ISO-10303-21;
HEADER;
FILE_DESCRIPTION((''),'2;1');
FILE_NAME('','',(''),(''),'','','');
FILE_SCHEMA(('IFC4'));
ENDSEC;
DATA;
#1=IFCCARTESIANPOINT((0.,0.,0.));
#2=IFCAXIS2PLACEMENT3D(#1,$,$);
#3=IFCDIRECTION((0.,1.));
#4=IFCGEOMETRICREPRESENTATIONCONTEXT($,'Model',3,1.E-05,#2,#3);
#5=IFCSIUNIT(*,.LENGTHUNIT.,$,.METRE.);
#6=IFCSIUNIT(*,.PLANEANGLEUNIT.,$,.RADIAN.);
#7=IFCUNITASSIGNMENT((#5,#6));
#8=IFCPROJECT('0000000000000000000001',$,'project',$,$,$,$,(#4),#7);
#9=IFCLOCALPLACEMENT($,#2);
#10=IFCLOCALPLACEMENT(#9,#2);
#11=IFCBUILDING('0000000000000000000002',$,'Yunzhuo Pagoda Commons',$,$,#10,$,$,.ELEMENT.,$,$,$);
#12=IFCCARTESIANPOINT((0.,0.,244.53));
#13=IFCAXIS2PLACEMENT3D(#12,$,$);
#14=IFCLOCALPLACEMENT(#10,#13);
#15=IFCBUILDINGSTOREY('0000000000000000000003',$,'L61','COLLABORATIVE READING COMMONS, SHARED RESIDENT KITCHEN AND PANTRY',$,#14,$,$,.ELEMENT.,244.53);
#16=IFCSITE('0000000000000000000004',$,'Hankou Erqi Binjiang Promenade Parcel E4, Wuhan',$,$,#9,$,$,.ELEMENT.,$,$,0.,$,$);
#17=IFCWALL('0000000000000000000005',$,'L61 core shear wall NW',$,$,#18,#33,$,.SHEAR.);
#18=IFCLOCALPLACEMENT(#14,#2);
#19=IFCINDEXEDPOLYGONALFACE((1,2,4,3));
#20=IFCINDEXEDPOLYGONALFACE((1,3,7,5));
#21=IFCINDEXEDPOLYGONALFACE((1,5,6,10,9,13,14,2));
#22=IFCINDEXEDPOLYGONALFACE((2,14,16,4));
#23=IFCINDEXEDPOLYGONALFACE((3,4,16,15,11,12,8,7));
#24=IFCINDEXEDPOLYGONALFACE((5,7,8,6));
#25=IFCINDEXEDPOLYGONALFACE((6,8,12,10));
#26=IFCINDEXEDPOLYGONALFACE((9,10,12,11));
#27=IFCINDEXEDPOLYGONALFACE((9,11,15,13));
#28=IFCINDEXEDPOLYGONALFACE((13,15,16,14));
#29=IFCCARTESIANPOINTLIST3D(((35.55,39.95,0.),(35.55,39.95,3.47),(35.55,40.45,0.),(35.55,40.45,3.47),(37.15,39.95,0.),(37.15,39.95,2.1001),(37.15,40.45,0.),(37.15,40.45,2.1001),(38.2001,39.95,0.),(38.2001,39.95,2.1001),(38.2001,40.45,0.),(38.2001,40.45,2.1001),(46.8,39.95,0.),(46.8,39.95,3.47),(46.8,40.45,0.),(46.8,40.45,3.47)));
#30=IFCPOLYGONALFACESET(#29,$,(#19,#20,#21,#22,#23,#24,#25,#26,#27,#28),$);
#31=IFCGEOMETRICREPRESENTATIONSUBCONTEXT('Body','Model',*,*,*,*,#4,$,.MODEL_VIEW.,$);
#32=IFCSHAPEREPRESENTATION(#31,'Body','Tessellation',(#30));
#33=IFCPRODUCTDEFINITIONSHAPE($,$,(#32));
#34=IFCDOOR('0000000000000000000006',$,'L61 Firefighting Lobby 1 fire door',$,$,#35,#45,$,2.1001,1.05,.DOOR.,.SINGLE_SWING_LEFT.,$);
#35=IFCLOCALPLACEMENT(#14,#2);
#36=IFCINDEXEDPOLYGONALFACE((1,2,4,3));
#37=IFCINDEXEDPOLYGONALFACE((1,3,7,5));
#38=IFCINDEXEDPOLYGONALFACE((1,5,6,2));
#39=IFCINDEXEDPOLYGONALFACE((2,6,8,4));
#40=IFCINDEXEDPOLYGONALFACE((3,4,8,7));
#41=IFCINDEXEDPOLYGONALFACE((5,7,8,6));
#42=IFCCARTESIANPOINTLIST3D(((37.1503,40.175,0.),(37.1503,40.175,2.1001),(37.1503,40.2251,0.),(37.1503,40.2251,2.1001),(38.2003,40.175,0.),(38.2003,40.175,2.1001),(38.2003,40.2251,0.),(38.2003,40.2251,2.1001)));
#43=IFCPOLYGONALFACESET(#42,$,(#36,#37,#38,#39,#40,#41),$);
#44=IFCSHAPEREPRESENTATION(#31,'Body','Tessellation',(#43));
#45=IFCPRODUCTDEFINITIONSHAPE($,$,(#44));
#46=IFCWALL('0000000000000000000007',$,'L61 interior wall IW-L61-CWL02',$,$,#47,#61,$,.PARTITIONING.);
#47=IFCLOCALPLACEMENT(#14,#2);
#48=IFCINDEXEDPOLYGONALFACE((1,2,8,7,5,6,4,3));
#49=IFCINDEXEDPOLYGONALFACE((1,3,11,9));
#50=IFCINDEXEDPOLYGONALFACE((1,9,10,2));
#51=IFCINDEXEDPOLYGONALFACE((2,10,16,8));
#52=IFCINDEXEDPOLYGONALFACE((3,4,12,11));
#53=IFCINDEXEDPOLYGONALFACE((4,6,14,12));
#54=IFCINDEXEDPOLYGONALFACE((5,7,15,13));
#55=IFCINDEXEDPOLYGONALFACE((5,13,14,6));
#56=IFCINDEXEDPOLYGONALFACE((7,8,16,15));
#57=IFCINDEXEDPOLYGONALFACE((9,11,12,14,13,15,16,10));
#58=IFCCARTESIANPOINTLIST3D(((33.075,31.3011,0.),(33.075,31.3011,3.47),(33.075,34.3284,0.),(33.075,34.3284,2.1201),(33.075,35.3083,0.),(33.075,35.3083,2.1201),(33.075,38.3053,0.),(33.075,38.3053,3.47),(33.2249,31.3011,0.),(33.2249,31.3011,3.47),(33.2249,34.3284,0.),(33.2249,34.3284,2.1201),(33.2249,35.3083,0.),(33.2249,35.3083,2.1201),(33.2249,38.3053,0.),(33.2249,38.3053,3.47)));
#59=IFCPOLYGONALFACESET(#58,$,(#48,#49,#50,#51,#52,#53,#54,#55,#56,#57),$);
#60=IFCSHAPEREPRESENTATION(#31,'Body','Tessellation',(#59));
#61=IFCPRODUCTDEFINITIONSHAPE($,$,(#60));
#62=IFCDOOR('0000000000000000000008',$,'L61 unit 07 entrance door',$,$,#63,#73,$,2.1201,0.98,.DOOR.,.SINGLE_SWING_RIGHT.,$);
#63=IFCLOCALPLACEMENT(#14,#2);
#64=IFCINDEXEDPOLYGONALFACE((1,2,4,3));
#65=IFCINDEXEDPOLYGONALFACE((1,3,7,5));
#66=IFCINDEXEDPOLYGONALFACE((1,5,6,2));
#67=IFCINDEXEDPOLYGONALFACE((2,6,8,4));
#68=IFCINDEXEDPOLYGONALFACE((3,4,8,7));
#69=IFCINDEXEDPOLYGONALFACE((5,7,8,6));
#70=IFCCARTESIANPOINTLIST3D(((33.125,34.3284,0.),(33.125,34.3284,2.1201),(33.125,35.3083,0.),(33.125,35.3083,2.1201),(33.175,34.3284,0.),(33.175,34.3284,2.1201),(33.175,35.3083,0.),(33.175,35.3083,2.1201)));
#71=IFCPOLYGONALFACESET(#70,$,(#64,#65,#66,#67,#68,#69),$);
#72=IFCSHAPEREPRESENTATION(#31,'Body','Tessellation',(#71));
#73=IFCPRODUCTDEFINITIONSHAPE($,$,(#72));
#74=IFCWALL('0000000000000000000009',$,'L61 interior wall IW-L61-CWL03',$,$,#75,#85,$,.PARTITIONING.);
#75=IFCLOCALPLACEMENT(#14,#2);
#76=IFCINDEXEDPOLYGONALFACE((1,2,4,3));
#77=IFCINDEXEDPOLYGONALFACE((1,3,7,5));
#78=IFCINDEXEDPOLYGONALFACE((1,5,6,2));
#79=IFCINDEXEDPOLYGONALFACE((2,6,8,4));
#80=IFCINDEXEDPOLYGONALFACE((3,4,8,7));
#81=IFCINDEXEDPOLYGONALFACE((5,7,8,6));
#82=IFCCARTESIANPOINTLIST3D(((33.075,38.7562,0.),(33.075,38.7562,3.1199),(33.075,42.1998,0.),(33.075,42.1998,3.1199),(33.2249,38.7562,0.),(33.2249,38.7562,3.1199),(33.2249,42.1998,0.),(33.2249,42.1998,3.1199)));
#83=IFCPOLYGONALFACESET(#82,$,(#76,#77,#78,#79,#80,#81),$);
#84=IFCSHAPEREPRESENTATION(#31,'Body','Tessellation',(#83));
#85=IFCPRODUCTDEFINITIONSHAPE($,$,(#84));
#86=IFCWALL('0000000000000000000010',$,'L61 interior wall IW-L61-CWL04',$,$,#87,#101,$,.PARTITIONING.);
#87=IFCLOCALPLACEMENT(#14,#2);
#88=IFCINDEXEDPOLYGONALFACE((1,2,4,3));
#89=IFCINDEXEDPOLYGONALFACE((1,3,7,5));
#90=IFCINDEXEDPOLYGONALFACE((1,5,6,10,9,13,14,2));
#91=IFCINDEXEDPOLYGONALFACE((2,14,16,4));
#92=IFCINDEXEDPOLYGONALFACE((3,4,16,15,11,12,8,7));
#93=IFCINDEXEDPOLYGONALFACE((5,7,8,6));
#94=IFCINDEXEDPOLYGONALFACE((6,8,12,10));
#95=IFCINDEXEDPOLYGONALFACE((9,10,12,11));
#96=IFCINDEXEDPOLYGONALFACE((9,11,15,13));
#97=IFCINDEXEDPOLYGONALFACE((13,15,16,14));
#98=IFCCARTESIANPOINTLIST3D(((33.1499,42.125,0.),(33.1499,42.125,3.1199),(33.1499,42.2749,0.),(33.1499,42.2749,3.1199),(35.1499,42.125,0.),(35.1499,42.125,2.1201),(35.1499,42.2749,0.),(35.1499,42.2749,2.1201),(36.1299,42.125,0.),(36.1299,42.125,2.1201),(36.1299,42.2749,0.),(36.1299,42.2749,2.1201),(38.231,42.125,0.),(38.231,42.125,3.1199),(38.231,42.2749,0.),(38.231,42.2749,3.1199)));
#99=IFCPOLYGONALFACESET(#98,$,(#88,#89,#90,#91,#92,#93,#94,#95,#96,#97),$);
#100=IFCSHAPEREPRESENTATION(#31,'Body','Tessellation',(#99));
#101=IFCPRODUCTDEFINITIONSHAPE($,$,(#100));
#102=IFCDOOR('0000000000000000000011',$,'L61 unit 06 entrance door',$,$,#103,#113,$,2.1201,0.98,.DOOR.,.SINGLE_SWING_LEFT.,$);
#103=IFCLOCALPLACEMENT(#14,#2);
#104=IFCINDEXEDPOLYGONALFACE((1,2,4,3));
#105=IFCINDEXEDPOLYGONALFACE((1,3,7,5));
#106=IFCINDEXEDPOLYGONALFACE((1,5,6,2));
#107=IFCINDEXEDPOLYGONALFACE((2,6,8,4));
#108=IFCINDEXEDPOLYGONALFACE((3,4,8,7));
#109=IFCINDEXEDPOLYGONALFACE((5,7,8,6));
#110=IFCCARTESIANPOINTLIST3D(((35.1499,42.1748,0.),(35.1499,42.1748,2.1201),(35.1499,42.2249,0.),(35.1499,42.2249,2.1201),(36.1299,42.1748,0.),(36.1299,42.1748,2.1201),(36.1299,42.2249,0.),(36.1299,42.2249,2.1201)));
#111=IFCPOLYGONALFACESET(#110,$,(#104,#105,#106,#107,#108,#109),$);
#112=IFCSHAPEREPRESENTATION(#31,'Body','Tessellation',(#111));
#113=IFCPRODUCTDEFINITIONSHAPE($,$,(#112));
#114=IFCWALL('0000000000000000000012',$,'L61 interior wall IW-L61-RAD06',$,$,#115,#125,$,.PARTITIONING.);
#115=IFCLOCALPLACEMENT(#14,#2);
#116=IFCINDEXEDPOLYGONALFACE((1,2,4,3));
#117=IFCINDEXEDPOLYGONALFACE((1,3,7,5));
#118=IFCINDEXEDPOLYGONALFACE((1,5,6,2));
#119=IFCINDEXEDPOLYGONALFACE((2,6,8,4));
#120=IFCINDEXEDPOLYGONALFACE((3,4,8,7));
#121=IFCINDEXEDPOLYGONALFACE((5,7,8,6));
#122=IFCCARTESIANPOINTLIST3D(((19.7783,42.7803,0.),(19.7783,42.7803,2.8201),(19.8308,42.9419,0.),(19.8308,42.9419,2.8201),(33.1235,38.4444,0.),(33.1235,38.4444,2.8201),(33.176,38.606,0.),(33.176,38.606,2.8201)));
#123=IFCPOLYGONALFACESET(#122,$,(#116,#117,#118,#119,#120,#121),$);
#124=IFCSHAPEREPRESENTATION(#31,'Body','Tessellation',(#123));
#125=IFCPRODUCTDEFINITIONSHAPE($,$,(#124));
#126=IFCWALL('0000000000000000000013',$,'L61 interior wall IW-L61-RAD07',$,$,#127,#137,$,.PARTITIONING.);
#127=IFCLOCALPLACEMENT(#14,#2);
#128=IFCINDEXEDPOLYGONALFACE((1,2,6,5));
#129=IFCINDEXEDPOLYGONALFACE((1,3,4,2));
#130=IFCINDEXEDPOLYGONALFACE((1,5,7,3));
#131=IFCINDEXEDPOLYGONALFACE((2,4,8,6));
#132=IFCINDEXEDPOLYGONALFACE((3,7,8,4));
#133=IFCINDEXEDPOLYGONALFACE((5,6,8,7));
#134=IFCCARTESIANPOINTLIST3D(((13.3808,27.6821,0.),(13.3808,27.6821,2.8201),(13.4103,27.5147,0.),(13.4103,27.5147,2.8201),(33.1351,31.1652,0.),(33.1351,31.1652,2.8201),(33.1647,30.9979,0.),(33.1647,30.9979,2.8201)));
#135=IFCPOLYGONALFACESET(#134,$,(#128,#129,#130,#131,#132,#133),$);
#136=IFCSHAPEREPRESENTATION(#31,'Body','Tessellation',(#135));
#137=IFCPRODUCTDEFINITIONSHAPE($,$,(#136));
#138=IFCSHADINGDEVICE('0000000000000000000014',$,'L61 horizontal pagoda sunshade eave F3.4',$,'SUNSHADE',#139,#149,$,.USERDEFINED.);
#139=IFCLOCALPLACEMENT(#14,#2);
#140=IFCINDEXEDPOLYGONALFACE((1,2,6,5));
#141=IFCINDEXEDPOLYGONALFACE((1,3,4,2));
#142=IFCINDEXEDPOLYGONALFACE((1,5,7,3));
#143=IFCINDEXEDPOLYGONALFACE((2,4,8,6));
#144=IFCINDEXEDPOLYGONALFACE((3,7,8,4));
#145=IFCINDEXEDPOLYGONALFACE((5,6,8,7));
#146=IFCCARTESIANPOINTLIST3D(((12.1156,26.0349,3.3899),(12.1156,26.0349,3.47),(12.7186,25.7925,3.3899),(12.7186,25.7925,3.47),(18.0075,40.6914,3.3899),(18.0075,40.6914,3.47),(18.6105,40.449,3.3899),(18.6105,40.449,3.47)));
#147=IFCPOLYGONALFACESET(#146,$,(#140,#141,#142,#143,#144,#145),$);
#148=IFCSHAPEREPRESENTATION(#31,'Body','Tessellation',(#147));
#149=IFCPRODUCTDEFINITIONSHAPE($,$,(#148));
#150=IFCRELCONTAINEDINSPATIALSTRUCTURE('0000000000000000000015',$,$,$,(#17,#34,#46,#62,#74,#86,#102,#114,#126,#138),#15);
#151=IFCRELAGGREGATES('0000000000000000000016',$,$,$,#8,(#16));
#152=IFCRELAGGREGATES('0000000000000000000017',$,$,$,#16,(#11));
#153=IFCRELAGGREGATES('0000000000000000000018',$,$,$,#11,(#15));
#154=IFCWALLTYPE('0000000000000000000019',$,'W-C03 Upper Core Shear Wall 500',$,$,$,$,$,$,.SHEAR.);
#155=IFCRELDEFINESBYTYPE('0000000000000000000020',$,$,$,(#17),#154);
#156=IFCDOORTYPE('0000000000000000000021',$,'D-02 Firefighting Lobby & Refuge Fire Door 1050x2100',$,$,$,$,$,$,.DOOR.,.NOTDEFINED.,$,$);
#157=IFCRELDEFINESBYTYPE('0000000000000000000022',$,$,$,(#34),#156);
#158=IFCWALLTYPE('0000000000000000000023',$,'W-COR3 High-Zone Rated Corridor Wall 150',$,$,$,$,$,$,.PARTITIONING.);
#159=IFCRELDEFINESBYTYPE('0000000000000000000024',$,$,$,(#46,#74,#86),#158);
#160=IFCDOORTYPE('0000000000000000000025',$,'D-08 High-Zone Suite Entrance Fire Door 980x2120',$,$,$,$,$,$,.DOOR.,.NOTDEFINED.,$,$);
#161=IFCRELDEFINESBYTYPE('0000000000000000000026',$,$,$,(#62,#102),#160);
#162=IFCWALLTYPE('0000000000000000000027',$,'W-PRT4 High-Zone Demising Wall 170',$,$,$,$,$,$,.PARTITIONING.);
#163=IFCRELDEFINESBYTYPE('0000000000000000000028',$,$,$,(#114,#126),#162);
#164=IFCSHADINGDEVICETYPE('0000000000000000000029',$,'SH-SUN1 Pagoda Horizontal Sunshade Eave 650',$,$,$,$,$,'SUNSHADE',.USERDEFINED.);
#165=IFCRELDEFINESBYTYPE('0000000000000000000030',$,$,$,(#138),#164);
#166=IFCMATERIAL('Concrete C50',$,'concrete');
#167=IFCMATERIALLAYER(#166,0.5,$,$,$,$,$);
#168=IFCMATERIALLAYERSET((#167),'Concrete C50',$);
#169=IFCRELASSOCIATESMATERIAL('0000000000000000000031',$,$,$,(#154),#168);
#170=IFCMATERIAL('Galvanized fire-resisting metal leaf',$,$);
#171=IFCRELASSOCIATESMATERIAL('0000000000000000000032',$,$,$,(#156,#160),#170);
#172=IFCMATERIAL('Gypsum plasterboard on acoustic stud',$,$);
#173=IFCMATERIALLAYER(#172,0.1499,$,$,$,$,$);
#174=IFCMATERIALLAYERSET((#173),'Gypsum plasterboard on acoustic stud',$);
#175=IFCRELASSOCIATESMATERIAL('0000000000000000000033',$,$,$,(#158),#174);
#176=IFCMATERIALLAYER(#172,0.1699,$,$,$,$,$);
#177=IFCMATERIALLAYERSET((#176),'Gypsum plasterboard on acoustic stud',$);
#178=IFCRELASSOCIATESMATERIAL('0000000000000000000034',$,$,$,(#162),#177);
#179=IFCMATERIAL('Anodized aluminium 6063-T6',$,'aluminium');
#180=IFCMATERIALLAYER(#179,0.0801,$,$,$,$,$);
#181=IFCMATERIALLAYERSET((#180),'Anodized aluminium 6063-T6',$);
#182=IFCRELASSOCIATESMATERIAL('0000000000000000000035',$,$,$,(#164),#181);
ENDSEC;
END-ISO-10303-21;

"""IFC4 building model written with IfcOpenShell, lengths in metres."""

from ifc_helpers import new_model, si_unit, direction, frame, frame_2d, origin, origin_with_axes, origin_2d, place, context, subcontext, project, spatial, rectangle, extrude, source, transform, mapped, material, layer, layer_set, type_object, element, fill, save


model = new_model("IFC4")

# Units and contexts
model_context = context("Model", 3, precision=1e-05, world=origin(), true_north=direction((0.0, 1.0)))
body_context = subcontext(model_context, "Body", "Model", "MODEL_VIEW")
ifc_project = project(units=[si_unit("LENGTHUNIT", "METRE"), si_unit("PLANEANGLEUNIT", "RADIAN")], contexts=[model_context])

# Site, building, storey
site_placement = place(None, origin())
site = spatial("IfcSite", under=ifc_project, at=site_placement, Name="Hankou Erqi Binjiang Promenade Parcel E4, Wuhan", CompositionType="ELEMENT", RefElevation=0.0)
building_placement = place(site_placement, origin())
building = spatial("IfcBuilding", under=site, at=building_placement, Name="Yunzhuo Pagoda Commons", CompositionType="ELEMENT")
storey_placement = place(building_placement, frame((0.0, 0.0, 244.53)))
storey = spatial("IfcBuildingStorey", under=building, at=storey_placement, Name="L61", Description="COLLABORATIVE READING COMMONS, SHARED RESIDENT KITCHEN AND PANTRY", CompositionType="ELEMENT", Elevation=244.53)

# Shared definitions
ifc_material_1 = material(Name="Anodized aluminium 6063-T6", Category="aluminium")

# Walls, openings, doors
ifc_material_2 = material(Name="Concrete C50", Category="concrete")
ifc_layer_1 = layer(ifc_material_2, 0.5)
ifc_layer_set_1 = layer_set([ifc_layer_1], Name="Concrete C50")
wall_type_1 = type_object("IfcWallType", Name="W-C03 Upper Core Shear Wall 500", PredefinedType="SHEAR", material=ifc_layer_set_1)
wall_1_placement = place(storey_placement, frame((35.55, 40.2, 0.0), z_axis=(0.0, 0.0, 1.0), x_axis=(1.0, 0.0, 0.0)))
wall_1 = element("IfcWall", 1, at=wall_1_placement, inside=storey, type_object=wall_type_1, Name="L61 core shear wall NW", PredefinedType="SHEAR", context=body_context, shape_type="SweptSolid", body=[
    extrude(rectangle(XDim=11.25, YDim=0.5, at=frame_2d((5.625, 0.0))), origin(), (0.0, 0.0, 1.0), 3.47),
])
opening_1_placement = place(wall_1_placement, frame((1.6001, 0.0, 0.0)))
opening_1 = element("IfcOpeningElement", 2, at=opening_1_placement, cuts=wall_1, PredefinedType="OPENING", context=body_context, shape_type="SweptSolid", body=[
    extrude(rectangle(XDim=1.05, YDim=2.1001, at=frame_2d((0.5249, 1.05))), frame((0.0, 0.26, 0.0), z_axis=(0.0, -1.0, 0.0), x_axis=(1.0, 0.0, 0.0)), (0.0, 0.0, 1.0), 0.52),
])
ifc_material_3 = material(Name="Galvanized fire-resisting metal leaf")
door_type_1 = type_object("IfcDoorType", Name="D-02 Firefighting Lobby & Refuge Fire Door 1050x2100", OperationType="NOTDEFINED", PredefinedType="DOOR", material=ifc_material_3)
shared_shape_1 = source(origin(), body_context, "Body", "SweptSolid", [
    extrude(rectangle(XDim=1.05, YDim=2.1001, at=frame_2d((0.5249, 1.05))), frame((0.0, 0.0249, 0.0), z_axis=(0.0, -1.0, 0.0), x_axis=(1.0, 0.0, 0.0)), (0.0, 0.0, 1.0), 0.05),
])
door_1_placement = place(opening_1_placement, frame((1.05, 0.0, 0.0), z_axis=(0.0, 0.0, 1.0), x_axis=(-1.0, 0.0, 0.0)))
door_1 = element("IfcDoor", 3, at=door_1_placement, inside=storey, type_object=door_type_1, Name="L61 Firefighting Lobby 1 fire door", OperationType="SINGLE_SWING_LEFT", OverallHeight=2.1001, OverallWidth=1.05, PredefinedType="DOOR", context=body_context, shape_type="MappedRepresentation", body=[
    mapped(shared_shape_1, transform((0.0, 0.0, 0.0), scale=1.0)),
])
fill(opening_1, door_1)
ifc_material_4 = material(Name="Gypsum plasterboard on acoustic stud")
ifc_layer_2 = layer(ifc_material_4, 0.1499)
ifc_layer_set_2 = layer_set([ifc_layer_2], Name="Gypsum plasterboard on acoustic stud")
wall_type_2 = type_object("IfcWallType", Name="W-COR3 High-Zone Rated Corridor Wall 150", PredefinedType="PARTITIONING", material=ifc_layer_set_2)
wall_2_placement = place(storey_placement, frame((33.1499, 31.3013, 0.0), z_axis=(0.0, 0.0, 1.0), x_axis=(0.0, 1.0, 0.0)))
wall_2 = element("IfcWall", 4, at=wall_2_placement, inside=storey, type_object=wall_type_2, Name="L61 interior wall IW-L61-CWL02", PredefinedType="PARTITIONING", context=body_context, shape_type="SweptSolid", body=[
    extrude(rectangle(XDim=7.0042, YDim=0.1499, at=frame_2d((3.502, 0.0))), origin(), (0.0, 0.0, 1.0), 3.47),
])
opening_2_placement = place(wall_2_placement, frame((3.0271, 0.0, 0.0)))
opening_2 = element("IfcOpeningElement", 5, at=opening_2_placement, cuts=wall_2, PredefinedType="OPENING", context=body_context, shape_type="SweptSolid", body=[
    extrude(rectangle(XDim=0.98, YDim=2.1201, at=frame_2d((0.49, 1.0601))), frame((0.0, 0.085, 0.0), z_axis=(0.0, -1.0, 0.0), x_axis=(1.0, 0.0, 0.0)), (0.0, 0.0, 1.0), 0.1699),
])
door_type_2 = type_object("IfcDoorType", Name="D-08 High-Zone Suite Entrance Fire Door 980x2120", OperationType="NOTDEFINED", PredefinedType="DOOR", material=ifc_material_3)
shared_shape_2 = source(origin(), body_context, "Body", "SweptSolid", [
    extrude(rectangle(XDim=0.98, YDim=2.1201, at=frame_2d((0.49, 1.0601))), frame((0.0, 0.0249, 0.0), z_axis=(0.0, -1.0, 0.0), x_axis=(1.0, 0.0, 0.0)), (0.0, 0.0, 1.0), 0.05),
])
door_2_placement = place(opening_2_placement, origin_with_axes())
door_2 = element("IfcDoor", 6, at=door_2_placement, inside=storey, type_object=door_type_2, Name="L61 unit 07 entrance door", OperationType="SINGLE_SWING_RIGHT", OverallHeight=2.1201, OverallWidth=0.98, PredefinedType="DOOR", context=body_context, shape_type="MappedRepresentation", body=[
    mapped(shared_shape_2, transform((0.0, 0.0, 0.0), scale=1.0)),
])
fill(opening_2, door_2)

# Wall
wall_3_placement = place(storey_placement, frame((33.1499, 38.7563, 0.0), z_axis=(0.0, 0.0, 1.0), x_axis=(0.0, 1.0, 0.0)))
element("IfcWall", 7, at=wall_3_placement, inside=storey, type_object=wall_type_2, Name="L61 interior wall IW-L61-CWL03", PredefinedType="PARTITIONING", context=body_context, shape_type="SweptSolid", body=[
    extrude(rectangle(XDim=3.4436, YDim=0.1499, at=frame_2d((1.7217, 0.0))), origin(), (0.0, 0.0, 1.0), 3.1199),
])

# Wall, opening, door
wall_4_placement = place(storey_placement, frame((33.1499, 42.2, 0.0), z_axis=(0.0, 0.0, 1.0), x_axis=(1.0, 0.0, 0.0)))
wall_4 = element("IfcWall", 8, at=wall_4_placement, inside=storey, type_object=wall_type_2, Name="L61 interior wall IW-L61-CWL04", PredefinedType="PARTITIONING", context=body_context, shape_type="SweptSolid", body=[
    extrude(rectangle(XDim=5.0811, YDim=0.1499, at=frame_2d((2.5405, 0.0))), origin(), (0.0, 0.0, 1.0), 3.1199),
])
opening_3_placement = place(wall_4_placement, frame((2.0, 0.0, 0.0)))
opening_3 = element("IfcOpeningElement", 9, at=opening_3_placement, cuts=wall_4, PredefinedType="OPENING", context=body_context, shape_type="SweptSolid", body=[
    extrude(rectangle(XDim=0.98, YDim=2.1201, at=frame_2d((0.49, 1.0601))), frame((0.0, 0.085, 0.0), z_axis=(0.0, -1.0, 0.0), x_axis=(1.0, 0.0, 0.0)), (0.0, 0.0, 1.0), 0.1699),
])
door_3_placement = place(opening_3_placement, origin_with_axes())
door_3 = element("IfcDoor", 10, at=door_3_placement, inside=storey, type_object=door_type_2, Name="L61 unit 06 entrance door", OperationType="SINGLE_SWING_LEFT", OverallHeight=2.1201, OverallWidth=0.98, PredefinedType="DOOR", context=body_context, shape_type="MappedRepresentation", body=[
    mapped(shared_shape_2, transform((0.0, 0.0, 0.0), scale=1.0)),
])
fill(opening_3, door_3)

# Walls
ifc_layer_3 = layer(ifc_material_4, 0.1699)
ifc_layer_set_3 = layer_set([ifc_layer_3], Name="Gypsum plasterboard on acoustic stud")
wall_type_3 = type_object("IfcWallType", Name="W-PRT4 High-Zone Demising Wall 170", PredefinedType="PARTITIONING", material=ifc_layer_set_3)
wall_5_placement = place(storey_placement, frame((33.1499, 38.5251, 0.0), z_axis=(0.0, 0.0, 1.0), x_axis=(-0.95106, 0.309005, 0.0)))
element("IfcWall", 11, at=wall_5_placement, inside=storey, type_object=wall_type_3, Name="L61 interior wall IW-L61-RAD06", PredefinedType="PARTITIONING", context=body_context, shape_type="SweptSolid", body=[
    extrude(rectangle(XDim=14.032, YDim=0.1699, at=frame_2d((7.0161, 0.0))), origin(), (0.0, 0.0, 1.0), 2.8201),
])
wall_6_placement = place(storey_placement, frame((33.1499, 31.0815, 0.0), z_axis=(0.0, 0.0, 1.0), x_axis=(-0.984808, -0.173644, 0.0)))
element("IfcWall", 12, at=wall_6_placement, inside=storey, type_object=wall_type_3, Name="L61 interior wall IW-L61-RAD07", PredefinedType="PARTITIONING", context=body_context, shape_type="SweptSolid", body=[
    extrude(rectangle(XDim=20.0591, YDim=0.1699, at=frame_2d((10.0295, 0.0))), origin(), (0.0, 0.0, 1.0), 2.8201),
])

# Shading device
ifc_layer_4 = layer(ifc_material_1, 0.0801)
ifc_layer_set_4 = layer_set([ifc_layer_4], Name="Anodized aluminium 6063-T6")
shading_device_type = type_object("IfcShadingDeviceType", Name="SH-SUN1 Pagoda Horizontal Sunshade Eave 650", ElementType="SUNSHADE", PredefinedType="USERDEFINED", material=ifc_layer_set_4)
shared_shape_3 = source(origin(), body_context, "Body", "SweptSolid", [
    extrude(rectangle(XDim=15.7964, YDim=0.6499, at=origin_2d()), origin(), (0.0, 0.0, 1.0), 0.0801),
])
shading_device_placement = place(storey_placement, frame((15.363, 33.2419, 3.3899), z_axis=(0.0, 0.0, 1.0), x_axis=(-0.372988, -0.927836, 0.0)))
element("IfcShadingDevice", 13, at=shading_device_placement, inside=storey, type_object=shading_device_type, Name="L61 horizontal pagoda sunshade eave F3.4", ObjectType="SUNSHADE", PredefinedType="USERDEFINED", context=body_context, shape_type="MappedRepresentation", body=[
    mapped(shared_shape_3, transform((0.0, 0.0, 0.0), scale=1.0)),
])

save(model, "model.ifc")
